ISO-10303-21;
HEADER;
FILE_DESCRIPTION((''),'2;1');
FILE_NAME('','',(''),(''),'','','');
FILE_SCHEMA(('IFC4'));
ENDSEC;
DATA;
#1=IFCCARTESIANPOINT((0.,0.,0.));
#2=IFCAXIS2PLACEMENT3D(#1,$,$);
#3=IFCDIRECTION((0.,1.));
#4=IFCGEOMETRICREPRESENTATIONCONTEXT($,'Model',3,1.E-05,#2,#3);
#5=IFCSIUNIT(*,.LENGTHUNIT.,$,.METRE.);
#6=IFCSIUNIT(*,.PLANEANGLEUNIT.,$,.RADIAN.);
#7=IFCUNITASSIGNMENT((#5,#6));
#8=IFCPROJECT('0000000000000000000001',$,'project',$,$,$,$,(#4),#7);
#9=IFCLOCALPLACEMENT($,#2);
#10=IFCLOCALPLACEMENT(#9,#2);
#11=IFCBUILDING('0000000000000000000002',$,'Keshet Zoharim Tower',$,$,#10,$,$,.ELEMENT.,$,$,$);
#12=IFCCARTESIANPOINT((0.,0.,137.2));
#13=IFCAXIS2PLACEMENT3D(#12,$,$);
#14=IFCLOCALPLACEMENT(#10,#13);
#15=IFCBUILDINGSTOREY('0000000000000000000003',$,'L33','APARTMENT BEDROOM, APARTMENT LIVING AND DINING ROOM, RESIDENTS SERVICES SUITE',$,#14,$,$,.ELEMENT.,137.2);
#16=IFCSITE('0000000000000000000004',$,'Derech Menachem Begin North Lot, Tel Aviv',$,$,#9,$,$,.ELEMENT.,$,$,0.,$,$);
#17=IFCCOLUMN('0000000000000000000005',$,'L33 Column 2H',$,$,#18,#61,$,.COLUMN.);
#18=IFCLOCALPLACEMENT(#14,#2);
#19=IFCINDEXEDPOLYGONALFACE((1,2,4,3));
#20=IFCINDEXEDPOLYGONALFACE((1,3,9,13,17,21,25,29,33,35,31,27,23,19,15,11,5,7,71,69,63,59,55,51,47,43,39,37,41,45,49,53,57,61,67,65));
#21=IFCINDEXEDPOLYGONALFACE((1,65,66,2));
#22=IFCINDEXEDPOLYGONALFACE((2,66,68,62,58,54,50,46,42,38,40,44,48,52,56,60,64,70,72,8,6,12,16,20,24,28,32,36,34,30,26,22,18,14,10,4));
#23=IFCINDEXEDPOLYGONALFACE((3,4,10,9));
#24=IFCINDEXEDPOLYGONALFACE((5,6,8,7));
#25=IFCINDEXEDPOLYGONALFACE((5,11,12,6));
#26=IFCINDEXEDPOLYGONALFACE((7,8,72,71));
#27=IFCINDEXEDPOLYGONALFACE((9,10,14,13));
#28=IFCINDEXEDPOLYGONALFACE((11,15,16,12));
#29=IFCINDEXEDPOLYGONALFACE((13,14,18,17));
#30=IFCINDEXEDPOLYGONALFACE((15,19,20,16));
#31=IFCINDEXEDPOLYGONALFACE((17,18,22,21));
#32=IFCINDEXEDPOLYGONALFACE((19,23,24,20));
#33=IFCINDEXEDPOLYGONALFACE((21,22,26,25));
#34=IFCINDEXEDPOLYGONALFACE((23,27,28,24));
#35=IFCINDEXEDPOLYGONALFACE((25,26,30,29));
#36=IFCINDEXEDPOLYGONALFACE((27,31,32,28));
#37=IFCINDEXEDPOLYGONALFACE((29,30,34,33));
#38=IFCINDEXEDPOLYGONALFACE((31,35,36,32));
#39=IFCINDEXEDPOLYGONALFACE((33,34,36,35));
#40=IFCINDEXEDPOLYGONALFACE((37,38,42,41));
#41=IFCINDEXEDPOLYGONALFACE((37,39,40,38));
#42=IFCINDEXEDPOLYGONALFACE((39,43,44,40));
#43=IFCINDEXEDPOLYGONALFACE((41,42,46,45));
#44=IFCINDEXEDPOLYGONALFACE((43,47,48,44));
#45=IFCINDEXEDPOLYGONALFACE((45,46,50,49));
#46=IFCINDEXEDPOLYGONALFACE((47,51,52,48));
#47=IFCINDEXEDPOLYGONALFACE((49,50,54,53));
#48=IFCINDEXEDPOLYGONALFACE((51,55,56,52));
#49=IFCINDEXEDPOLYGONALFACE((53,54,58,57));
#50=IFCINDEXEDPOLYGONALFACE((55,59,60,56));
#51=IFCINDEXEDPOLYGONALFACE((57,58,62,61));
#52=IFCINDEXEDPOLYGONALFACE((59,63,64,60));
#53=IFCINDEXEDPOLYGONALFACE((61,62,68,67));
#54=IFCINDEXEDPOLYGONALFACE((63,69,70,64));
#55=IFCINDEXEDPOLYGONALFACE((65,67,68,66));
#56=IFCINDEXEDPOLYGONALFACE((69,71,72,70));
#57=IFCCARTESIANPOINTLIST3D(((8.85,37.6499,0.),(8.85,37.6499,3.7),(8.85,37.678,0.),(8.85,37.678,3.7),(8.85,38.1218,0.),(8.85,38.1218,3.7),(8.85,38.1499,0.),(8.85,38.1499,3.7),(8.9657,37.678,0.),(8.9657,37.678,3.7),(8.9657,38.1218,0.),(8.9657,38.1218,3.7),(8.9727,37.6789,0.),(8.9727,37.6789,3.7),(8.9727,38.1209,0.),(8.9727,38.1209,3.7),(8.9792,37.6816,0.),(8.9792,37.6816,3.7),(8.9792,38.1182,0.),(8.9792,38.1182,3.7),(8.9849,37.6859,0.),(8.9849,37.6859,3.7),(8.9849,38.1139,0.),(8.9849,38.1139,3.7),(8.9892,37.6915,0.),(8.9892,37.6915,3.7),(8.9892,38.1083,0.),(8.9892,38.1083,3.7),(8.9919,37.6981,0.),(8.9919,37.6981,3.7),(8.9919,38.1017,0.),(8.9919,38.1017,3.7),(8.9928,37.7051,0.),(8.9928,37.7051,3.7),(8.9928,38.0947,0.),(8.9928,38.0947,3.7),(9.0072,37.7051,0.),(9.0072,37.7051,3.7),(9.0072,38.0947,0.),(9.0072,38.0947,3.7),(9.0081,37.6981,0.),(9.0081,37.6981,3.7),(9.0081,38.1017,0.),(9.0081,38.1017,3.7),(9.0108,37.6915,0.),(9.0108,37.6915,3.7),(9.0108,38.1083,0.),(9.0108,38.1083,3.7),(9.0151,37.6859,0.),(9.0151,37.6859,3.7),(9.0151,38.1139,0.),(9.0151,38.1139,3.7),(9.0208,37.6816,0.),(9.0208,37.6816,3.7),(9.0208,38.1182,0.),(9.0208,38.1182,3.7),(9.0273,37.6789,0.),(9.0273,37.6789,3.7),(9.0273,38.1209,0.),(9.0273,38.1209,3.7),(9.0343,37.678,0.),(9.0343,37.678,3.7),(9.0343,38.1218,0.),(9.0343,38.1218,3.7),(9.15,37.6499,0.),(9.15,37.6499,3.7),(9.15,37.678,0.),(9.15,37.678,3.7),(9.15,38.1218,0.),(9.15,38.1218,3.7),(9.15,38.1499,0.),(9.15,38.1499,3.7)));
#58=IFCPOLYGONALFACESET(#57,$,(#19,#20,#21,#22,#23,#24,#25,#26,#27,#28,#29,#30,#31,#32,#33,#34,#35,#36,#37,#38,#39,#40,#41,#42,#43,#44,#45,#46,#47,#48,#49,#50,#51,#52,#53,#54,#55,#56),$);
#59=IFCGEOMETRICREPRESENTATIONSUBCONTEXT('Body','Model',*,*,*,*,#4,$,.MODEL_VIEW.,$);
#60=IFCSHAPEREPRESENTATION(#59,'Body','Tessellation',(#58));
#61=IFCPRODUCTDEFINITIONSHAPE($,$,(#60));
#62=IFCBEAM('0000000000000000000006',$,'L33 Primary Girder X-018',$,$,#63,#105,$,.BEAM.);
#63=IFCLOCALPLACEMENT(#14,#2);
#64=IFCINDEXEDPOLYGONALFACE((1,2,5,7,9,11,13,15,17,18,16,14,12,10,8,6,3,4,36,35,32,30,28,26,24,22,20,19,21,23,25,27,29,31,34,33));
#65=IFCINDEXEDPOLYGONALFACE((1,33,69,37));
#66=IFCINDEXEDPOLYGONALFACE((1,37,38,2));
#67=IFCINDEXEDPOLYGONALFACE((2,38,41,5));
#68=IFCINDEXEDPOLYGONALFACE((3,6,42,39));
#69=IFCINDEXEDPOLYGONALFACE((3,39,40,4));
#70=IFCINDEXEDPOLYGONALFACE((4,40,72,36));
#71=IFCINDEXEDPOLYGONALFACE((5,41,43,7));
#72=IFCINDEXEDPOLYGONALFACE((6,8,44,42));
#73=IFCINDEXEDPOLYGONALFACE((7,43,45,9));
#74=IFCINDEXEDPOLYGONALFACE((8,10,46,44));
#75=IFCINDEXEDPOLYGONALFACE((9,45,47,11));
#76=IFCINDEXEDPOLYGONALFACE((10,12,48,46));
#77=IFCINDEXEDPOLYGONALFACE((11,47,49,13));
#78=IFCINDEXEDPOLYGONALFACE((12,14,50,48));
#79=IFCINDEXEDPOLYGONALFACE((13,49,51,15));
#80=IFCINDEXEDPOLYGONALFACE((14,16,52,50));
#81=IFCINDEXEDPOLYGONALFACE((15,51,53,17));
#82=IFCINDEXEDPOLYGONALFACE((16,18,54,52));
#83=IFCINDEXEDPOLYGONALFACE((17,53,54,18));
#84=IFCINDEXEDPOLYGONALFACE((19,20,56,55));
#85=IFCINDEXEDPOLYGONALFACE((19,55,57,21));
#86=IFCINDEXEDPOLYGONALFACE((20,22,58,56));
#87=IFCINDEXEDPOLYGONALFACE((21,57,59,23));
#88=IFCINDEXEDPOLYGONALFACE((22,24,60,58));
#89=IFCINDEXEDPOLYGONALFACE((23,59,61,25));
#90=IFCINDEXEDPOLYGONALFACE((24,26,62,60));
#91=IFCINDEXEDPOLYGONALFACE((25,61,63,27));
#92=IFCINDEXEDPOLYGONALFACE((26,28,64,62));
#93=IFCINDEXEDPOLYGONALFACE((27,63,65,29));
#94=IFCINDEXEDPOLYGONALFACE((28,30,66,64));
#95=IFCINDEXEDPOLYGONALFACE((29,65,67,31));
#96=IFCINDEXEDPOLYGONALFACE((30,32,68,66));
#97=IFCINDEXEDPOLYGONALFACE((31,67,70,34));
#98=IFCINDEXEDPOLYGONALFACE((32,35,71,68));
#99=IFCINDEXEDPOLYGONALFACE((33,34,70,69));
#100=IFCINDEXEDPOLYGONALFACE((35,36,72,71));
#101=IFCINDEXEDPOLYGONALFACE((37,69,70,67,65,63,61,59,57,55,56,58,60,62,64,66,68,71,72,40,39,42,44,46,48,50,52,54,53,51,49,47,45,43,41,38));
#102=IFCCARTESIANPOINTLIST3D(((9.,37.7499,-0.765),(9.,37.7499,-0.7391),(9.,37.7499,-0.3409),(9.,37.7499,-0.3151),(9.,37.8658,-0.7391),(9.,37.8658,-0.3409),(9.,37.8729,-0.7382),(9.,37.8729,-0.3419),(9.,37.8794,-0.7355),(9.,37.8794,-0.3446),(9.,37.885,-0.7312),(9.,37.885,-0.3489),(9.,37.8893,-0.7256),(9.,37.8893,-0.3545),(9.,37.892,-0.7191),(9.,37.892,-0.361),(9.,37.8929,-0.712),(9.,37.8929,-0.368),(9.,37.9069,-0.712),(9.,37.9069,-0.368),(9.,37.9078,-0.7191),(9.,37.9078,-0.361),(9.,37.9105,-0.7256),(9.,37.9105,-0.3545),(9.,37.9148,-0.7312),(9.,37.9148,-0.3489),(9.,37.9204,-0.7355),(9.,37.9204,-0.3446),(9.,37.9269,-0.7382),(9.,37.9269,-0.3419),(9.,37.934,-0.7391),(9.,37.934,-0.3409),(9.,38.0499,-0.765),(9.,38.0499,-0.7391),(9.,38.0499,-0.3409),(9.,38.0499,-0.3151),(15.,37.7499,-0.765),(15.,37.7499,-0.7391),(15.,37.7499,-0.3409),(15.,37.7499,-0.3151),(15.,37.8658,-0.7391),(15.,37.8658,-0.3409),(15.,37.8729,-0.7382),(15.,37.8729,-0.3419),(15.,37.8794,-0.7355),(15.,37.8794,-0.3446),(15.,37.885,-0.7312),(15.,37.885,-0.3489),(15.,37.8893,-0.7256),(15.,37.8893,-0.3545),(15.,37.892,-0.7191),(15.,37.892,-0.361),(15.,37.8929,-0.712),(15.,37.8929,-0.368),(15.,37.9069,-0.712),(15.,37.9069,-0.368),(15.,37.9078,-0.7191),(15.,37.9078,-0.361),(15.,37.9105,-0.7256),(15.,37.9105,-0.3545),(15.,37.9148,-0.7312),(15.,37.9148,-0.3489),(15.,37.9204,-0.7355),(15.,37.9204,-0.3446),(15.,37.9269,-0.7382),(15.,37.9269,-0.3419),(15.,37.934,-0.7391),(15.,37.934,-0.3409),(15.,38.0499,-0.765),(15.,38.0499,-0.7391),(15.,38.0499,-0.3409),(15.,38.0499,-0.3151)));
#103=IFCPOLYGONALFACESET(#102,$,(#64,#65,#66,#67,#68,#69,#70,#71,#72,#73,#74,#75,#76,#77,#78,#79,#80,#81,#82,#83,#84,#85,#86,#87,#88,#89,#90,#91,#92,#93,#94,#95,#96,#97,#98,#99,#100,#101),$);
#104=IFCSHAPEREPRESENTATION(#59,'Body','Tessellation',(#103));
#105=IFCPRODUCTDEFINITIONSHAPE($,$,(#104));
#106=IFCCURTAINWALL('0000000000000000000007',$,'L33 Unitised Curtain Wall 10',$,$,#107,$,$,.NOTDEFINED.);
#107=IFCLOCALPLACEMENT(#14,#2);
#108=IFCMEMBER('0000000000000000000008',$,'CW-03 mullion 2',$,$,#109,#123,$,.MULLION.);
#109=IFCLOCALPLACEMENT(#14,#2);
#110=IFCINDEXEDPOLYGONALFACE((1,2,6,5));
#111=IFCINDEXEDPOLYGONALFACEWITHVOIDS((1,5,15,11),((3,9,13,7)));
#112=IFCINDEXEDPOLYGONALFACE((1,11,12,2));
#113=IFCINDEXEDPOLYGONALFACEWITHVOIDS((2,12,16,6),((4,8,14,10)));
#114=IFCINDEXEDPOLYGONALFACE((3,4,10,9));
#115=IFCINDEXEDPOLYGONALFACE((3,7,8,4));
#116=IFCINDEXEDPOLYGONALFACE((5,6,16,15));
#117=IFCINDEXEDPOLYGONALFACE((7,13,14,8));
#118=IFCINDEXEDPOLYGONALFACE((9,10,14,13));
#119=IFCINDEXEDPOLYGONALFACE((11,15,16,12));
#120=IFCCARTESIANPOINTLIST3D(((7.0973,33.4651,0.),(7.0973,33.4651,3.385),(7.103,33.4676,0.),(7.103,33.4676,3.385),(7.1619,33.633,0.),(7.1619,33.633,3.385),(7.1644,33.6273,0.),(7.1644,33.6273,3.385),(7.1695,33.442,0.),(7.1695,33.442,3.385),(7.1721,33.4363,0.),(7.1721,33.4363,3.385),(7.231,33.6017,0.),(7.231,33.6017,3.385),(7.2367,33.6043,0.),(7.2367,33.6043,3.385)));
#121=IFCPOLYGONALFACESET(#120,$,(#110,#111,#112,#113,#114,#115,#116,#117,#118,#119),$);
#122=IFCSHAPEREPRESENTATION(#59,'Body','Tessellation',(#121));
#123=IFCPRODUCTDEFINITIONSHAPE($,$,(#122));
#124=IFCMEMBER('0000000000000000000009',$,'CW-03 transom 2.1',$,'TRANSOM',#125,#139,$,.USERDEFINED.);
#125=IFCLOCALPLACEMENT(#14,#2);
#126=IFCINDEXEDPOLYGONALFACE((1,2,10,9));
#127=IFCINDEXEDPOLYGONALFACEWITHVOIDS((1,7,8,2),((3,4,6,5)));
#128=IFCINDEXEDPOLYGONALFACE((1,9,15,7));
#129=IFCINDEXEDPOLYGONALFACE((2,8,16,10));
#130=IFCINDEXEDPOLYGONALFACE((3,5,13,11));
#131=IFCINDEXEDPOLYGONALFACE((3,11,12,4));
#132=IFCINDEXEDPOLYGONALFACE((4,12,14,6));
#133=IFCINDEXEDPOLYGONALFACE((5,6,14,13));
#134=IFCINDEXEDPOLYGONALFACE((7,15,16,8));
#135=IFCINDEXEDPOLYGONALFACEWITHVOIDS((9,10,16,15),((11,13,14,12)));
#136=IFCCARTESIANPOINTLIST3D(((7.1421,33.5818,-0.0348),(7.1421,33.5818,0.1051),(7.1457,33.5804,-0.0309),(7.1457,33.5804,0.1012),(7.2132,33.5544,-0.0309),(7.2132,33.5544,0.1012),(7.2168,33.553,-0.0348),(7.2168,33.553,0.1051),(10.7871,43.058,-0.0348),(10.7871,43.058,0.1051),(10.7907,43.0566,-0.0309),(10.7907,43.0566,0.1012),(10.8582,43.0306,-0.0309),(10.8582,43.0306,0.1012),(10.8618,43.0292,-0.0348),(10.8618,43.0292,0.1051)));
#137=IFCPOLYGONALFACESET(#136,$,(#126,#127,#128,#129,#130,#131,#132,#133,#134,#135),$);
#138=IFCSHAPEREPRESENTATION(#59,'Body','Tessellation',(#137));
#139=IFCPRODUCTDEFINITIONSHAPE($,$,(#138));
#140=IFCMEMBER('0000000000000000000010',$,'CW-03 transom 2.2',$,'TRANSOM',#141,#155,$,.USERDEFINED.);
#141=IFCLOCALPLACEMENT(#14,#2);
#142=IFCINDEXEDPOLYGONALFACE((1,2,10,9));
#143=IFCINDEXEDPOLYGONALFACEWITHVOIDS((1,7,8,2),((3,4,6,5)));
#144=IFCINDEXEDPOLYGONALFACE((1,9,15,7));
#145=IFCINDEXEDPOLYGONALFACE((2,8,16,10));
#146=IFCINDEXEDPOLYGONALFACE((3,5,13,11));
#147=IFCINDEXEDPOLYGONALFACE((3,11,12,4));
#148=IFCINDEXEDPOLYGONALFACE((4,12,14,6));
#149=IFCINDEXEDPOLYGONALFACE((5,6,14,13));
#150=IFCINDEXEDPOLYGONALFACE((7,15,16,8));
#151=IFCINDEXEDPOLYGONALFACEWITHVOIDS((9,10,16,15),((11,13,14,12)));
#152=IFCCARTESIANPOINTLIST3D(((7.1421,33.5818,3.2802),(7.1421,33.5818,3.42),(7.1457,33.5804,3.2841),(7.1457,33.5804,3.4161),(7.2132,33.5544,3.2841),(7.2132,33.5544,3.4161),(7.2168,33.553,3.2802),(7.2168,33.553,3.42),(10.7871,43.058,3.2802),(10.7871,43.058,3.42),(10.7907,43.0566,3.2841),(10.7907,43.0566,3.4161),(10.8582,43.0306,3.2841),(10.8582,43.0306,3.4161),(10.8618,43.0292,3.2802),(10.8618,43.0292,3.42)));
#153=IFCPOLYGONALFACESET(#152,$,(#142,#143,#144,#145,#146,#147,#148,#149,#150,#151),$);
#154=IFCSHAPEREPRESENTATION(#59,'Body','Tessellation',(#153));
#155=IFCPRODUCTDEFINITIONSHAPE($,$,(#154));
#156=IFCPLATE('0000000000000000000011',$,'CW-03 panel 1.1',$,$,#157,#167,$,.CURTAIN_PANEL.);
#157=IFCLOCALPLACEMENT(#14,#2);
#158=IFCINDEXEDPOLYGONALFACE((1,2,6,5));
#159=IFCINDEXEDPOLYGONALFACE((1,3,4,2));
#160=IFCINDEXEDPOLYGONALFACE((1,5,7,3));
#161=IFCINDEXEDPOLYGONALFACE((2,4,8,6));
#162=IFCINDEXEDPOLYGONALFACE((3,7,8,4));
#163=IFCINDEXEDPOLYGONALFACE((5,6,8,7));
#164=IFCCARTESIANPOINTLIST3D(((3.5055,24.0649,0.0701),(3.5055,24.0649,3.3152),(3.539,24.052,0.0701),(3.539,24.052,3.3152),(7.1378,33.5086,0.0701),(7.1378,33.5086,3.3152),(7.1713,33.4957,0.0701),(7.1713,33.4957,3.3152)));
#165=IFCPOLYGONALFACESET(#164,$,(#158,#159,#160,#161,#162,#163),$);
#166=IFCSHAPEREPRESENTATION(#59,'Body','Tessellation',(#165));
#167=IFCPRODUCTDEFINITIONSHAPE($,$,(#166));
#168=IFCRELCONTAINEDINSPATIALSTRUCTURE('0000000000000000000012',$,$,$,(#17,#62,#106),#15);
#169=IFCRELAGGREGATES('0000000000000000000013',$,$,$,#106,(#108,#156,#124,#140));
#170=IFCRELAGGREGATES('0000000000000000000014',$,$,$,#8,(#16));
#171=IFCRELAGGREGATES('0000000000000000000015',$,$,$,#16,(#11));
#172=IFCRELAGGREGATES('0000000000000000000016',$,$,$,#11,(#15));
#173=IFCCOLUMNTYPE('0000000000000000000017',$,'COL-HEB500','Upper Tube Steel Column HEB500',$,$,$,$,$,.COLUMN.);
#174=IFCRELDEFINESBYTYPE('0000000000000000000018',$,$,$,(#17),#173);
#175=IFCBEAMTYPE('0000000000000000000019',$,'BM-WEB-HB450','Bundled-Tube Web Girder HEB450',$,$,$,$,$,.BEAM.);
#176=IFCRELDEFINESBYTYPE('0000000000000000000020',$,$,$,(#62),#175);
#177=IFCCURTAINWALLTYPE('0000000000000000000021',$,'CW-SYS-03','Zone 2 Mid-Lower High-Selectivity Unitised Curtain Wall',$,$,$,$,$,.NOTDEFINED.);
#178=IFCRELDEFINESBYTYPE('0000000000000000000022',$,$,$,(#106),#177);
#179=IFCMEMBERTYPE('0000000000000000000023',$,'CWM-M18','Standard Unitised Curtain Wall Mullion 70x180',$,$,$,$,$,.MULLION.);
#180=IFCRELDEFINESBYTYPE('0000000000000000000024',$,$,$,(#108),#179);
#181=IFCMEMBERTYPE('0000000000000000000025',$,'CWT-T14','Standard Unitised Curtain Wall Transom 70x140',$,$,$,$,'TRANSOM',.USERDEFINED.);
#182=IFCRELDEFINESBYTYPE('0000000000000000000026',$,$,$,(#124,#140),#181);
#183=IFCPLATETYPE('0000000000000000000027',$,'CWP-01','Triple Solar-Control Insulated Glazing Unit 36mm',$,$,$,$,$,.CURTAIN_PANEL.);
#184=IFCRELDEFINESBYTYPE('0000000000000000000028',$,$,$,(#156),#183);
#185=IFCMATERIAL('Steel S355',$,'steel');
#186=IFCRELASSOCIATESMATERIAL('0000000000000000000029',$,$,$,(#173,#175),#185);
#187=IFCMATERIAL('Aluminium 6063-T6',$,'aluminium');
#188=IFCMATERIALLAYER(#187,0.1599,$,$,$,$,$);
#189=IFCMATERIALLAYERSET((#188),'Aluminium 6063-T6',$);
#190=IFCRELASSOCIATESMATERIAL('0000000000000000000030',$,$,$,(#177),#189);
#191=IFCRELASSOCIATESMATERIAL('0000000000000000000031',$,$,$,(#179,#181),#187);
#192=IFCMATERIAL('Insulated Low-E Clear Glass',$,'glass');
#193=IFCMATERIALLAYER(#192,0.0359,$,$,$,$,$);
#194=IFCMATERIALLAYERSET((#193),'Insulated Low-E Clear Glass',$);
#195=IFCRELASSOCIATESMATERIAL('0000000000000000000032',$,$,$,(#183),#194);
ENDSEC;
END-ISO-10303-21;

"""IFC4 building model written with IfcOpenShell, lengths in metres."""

from ifc_helpers import new_model, si_unit, direction, frame, origin, origin_2d, place, context, subcontext, project, spatial, rectangle, hollow_rectangle, i_section, extrude, material, layer, layer_set, material_profile, profile_set, type_object, element, aggregate, save


model = new_model("IFC4")

# Units and contexts
model_context = context("Model", 3, precision=1e-05, world=origin(), true_north=direction((0.0, 1.0)))
body_context = subcontext(model_context, "Body", "Model", "MODEL_VIEW")
ifc_project = project(units=[si_unit("LENGTHUNIT", "METRE"), si_unit("PLANEANGLEUNIT", "RADIAN")], contexts=[model_context])

# Site, building, storey
site_placement = place(None, origin())
site = spatial("IfcSite", under=ifc_project, at=site_placement, Name="Derech Menachem Begin North Lot, Tel Aviv", CompositionType="ELEMENT", RefElevation=0.0)
building_placement = place(site_placement, origin())
building = spatial("IfcBuilding", under=site, at=building_placement, Name="Keshet Zoharim Tower", CompositionType="ELEMENT")
storey_placement = place(building_placement, frame((0.0, 0.0, 137.2)))
storey = spatial("IfcBuildingStorey", under=building, at=storey_placement, Name="L33", Description="APARTMENT BEDROOM, APARTMENT LIVING AND DINING ROOM, RESIDENTS SERVICES SUITE", CompositionType="ELEMENT", Elevation=137.2)

# Column
ifc_material_1 = material(Name="Steel S355", Category="steel")
ifc_material_profile_1 = material_profile(ifc_material_1, i_section(OverallWidth=0.3, OverallDepth=0.5, WebThickness=0.0144, FlangeThickness=0.0281, FilletRadius=0.0271, at=origin_2d()), Name="HEB500")
ifc_profile_set_1 = profile_set([ifc_material_profile_1], Name="Steel S355")
column_type = type_object("IfcColumnType", Name="COL-HEB500", Description="Upper Tube Steel Column HEB500", PredefinedType="COLUMN", material=ifc_profile_set_1)
column_placement = place(storey_placement, frame((9.0, 37.8999, 0.0), z_axis=(0.0, 0.0, 1.0), x_axis=(1.0, 0.0, 0.0)))
element("IfcColumn", 1, at=column_placement, inside=storey, type_object=column_type, Name="L33 Column 2H", PredefinedType="COLUMN", context=body_context, shape_type="SweptSolid", body=[
    extrude(i_section(OverallWidth=0.3, OverallDepth=0.5, WebThickness=0.0144, FlangeThickness=0.0281, FilletRadius=0.0271, at=origin_2d()), origin(), (0.0, 0.0, 1.0), 3.7),
])

# Beam
ifc_material_profile_2 = material_profile(ifc_material_1, i_section(OverallWidth=0.3, OverallDepth=0.45, WebThickness=0.0139, FlangeThickness=0.0259, FilletRadius=0.0271, at=origin_2d()), Name="HEB450")
ifc_profile_set_2 = profile_set([ifc_material_profile_2], Name="Steel S355")
beam_type = type_object("IfcBeamType", Name="BM-WEB-HB450", Description="Bundled-Tube Web Girder HEB450", PredefinedType="BEAM", material=ifc_profile_set_2)
beam_placement = place(storey_placement, frame((9.0, 37.8999, -0.54), z_axis=(1.0, 0.0, 0.0), x_axis=(0.0, 1.0, 0.0)))
element("IfcBeam", 2, at=beam_placement, inside=storey, type_object=beam_type, Name="L33 Primary Girder X-018", PredefinedType="BEAM", context=body_context, shape_type="SweptSolid", body=[
    extrude(i_section(OverallWidth=0.3, OverallDepth=0.45, WebThickness=0.0139, FlangeThickness=0.0259, FilletRadius=0.0271, at=origin_2d()), origin(), (0.0, 0.0, 1.0), 6.0),
])

# Curtain wall, members, plate
ifc_material_2 = material(Name="Aluminium 6063-T6", Category="aluminium")
ifc_layer_1 = layer(ifc_material_2, 0.1599)
ifc_layer_set_1 = layer_set([ifc_layer_1], Name="Aluminium 6063-T6")
curtain_wall_type = type_object("IfcCurtainWallType", Name="CW-SYS-03", Description="Zone 2 Mid-Lower High-Selectivity Unitised Curtain Wall", PredefinedType="NOTDEFINED", material=ifc_layer_set_1)
curtain_wall_placement = place(storey_placement, origin())
curtain_wall = element("IfcCurtainWall", 3, at=curtain_wall_placement, inside=storey, type_object=curtain_wall_type, Name="L33 Unitised Curtain Wall 10", PredefinedType="NOTDEFINED")
ifc_material_profile_3 = material_profile(ifc_material_2, hollow_rectangle(XDim=0.0801, YDim=0.1799, WallThickness=0.0044, at=origin_2d()), Name="MUL-80x180")
ifc_profile_set_3 = profile_set([ifc_material_profile_3], Name="Aluminium 6063-T6")
member_type_1 = type_object("IfcMemberType", Name="CWM-M18", Description="Standard Unitised Curtain Wall Mullion 70x180", PredefinedType="MULLION", material=ifc_profile_set_3)
member_1_placement = place(storey_placement, frame((7.167, 33.5347, 0.0), z_axis=(0.0, 0.0, 1.0), x_axis=(-0.933341, 0.35899, 0.0)))
member_1 = element("IfcMember", 4, at=member_1_placement, type_object=member_type_1, Name="CW-03 mullion 2", PredefinedType="MULLION", context=body_context, shape_type="SweptSolid", body=[
    extrude(hollow_rectangle(XDim=0.0801, YDim=0.1799, WallThickness=0.0044, at=origin_2d()), origin(), (0.0, 0.0, 1.0), 3.385),
])
ifc_material_profile_4 = material_profile(ifc_material_2, hollow_rectangle(XDim=0.0801, YDim=0.1399, WallThickness=0.0039, at=origin_2d()), Name="TRN-80x140")
ifc_profile_set_4 = profile_set([ifc_material_profile_4], Name="Aluminium 6063-T6")
member_type_2 = type_object("IfcMemberType", Name="CWT-T14", Description="Standard Unitised Curtain Wall Transom 70x140", ElementType="TRANSOM", PredefinedType="USERDEFINED", material=ifc_profile_set_4)
member_2_placement = place(storey_placement, frame((7.1794, 33.5674, 0.0352), z_axis=(0.359003, 0.933336, 0.0), x_axis=(-0.933336, 0.359003, 0.0)))
member_2 = element("IfcMember", 5, at=member_2_placement, type_object=member_type_2, Name="CW-03 transom 2.1", ObjectType="TRANSOM", PredefinedType="USERDEFINED", context=body_context, shape_type="SweptSolid", body=[
    extrude(hollow_rectangle(XDim=0.0801, YDim=0.1399, WallThickness=0.0039, at=origin_2d()), origin(), (0.0, 0.0, 1.0), 10.1531),
])
member_3_placement = place(storey_placement, frame((7.1794, 33.5674, 3.3501), z_axis=(0.359003, 0.933336, 0.0), x_axis=(-0.933336, 0.359003, 0.0)))
member_3 = element("IfcMember", 6, at=member_3_placement, type_object=member_type_2, Name="CW-03 transom 2.2", ObjectType="TRANSOM", PredefinedType="USERDEFINED", context=body_context, shape_type="SweptSolid", body=[
    extrude(hollow_rectangle(XDim=0.0801, YDim=0.1399, WallThickness=0.0039, at=origin_2d()), origin(), (0.0, 0.0, 1.0), 10.1531),
])
ifc_material_3 = material(Name="Insulated Low-E Clear Glass", Category="glass")
ifc_layer_2 = layer(ifc_material_3, 0.0359)
ifc_layer_set_2 = layer_set([ifc_layer_2], Name="Insulated Low-E Clear Glass")
plate_type = type_object("IfcPlateType", Name="CWP-01", Description="Triple Solar-Control Insulated Glazing Unit 36mm", PredefinedType="CURTAIN_PANEL", material=ifc_layer_set_2)
plate_placement = place(storey_placement, frame((5.3384, 28.7803, 0.0701), z_axis=(0.0, 0.0, 1.0), x_axis=(0.35899, 0.933341, 0.0)))
plate = element("IfcPlate", 7, at=plate_placement, type_object=plate_type, Name="CW-03 panel 1.1", PredefinedType="CURTAIN_PANEL", context=body_context, shape_type="SweptSolid", body=[
    extrude(rectangle(XDim=10.1182, YDim=0.0359, at=origin_2d()), origin(), (0.0, 0.0, 1.0), 3.2451),
])
aggregate(curtain_wall, [member_1, plate, member_2, member_3])

save(model, "model.ifc")
